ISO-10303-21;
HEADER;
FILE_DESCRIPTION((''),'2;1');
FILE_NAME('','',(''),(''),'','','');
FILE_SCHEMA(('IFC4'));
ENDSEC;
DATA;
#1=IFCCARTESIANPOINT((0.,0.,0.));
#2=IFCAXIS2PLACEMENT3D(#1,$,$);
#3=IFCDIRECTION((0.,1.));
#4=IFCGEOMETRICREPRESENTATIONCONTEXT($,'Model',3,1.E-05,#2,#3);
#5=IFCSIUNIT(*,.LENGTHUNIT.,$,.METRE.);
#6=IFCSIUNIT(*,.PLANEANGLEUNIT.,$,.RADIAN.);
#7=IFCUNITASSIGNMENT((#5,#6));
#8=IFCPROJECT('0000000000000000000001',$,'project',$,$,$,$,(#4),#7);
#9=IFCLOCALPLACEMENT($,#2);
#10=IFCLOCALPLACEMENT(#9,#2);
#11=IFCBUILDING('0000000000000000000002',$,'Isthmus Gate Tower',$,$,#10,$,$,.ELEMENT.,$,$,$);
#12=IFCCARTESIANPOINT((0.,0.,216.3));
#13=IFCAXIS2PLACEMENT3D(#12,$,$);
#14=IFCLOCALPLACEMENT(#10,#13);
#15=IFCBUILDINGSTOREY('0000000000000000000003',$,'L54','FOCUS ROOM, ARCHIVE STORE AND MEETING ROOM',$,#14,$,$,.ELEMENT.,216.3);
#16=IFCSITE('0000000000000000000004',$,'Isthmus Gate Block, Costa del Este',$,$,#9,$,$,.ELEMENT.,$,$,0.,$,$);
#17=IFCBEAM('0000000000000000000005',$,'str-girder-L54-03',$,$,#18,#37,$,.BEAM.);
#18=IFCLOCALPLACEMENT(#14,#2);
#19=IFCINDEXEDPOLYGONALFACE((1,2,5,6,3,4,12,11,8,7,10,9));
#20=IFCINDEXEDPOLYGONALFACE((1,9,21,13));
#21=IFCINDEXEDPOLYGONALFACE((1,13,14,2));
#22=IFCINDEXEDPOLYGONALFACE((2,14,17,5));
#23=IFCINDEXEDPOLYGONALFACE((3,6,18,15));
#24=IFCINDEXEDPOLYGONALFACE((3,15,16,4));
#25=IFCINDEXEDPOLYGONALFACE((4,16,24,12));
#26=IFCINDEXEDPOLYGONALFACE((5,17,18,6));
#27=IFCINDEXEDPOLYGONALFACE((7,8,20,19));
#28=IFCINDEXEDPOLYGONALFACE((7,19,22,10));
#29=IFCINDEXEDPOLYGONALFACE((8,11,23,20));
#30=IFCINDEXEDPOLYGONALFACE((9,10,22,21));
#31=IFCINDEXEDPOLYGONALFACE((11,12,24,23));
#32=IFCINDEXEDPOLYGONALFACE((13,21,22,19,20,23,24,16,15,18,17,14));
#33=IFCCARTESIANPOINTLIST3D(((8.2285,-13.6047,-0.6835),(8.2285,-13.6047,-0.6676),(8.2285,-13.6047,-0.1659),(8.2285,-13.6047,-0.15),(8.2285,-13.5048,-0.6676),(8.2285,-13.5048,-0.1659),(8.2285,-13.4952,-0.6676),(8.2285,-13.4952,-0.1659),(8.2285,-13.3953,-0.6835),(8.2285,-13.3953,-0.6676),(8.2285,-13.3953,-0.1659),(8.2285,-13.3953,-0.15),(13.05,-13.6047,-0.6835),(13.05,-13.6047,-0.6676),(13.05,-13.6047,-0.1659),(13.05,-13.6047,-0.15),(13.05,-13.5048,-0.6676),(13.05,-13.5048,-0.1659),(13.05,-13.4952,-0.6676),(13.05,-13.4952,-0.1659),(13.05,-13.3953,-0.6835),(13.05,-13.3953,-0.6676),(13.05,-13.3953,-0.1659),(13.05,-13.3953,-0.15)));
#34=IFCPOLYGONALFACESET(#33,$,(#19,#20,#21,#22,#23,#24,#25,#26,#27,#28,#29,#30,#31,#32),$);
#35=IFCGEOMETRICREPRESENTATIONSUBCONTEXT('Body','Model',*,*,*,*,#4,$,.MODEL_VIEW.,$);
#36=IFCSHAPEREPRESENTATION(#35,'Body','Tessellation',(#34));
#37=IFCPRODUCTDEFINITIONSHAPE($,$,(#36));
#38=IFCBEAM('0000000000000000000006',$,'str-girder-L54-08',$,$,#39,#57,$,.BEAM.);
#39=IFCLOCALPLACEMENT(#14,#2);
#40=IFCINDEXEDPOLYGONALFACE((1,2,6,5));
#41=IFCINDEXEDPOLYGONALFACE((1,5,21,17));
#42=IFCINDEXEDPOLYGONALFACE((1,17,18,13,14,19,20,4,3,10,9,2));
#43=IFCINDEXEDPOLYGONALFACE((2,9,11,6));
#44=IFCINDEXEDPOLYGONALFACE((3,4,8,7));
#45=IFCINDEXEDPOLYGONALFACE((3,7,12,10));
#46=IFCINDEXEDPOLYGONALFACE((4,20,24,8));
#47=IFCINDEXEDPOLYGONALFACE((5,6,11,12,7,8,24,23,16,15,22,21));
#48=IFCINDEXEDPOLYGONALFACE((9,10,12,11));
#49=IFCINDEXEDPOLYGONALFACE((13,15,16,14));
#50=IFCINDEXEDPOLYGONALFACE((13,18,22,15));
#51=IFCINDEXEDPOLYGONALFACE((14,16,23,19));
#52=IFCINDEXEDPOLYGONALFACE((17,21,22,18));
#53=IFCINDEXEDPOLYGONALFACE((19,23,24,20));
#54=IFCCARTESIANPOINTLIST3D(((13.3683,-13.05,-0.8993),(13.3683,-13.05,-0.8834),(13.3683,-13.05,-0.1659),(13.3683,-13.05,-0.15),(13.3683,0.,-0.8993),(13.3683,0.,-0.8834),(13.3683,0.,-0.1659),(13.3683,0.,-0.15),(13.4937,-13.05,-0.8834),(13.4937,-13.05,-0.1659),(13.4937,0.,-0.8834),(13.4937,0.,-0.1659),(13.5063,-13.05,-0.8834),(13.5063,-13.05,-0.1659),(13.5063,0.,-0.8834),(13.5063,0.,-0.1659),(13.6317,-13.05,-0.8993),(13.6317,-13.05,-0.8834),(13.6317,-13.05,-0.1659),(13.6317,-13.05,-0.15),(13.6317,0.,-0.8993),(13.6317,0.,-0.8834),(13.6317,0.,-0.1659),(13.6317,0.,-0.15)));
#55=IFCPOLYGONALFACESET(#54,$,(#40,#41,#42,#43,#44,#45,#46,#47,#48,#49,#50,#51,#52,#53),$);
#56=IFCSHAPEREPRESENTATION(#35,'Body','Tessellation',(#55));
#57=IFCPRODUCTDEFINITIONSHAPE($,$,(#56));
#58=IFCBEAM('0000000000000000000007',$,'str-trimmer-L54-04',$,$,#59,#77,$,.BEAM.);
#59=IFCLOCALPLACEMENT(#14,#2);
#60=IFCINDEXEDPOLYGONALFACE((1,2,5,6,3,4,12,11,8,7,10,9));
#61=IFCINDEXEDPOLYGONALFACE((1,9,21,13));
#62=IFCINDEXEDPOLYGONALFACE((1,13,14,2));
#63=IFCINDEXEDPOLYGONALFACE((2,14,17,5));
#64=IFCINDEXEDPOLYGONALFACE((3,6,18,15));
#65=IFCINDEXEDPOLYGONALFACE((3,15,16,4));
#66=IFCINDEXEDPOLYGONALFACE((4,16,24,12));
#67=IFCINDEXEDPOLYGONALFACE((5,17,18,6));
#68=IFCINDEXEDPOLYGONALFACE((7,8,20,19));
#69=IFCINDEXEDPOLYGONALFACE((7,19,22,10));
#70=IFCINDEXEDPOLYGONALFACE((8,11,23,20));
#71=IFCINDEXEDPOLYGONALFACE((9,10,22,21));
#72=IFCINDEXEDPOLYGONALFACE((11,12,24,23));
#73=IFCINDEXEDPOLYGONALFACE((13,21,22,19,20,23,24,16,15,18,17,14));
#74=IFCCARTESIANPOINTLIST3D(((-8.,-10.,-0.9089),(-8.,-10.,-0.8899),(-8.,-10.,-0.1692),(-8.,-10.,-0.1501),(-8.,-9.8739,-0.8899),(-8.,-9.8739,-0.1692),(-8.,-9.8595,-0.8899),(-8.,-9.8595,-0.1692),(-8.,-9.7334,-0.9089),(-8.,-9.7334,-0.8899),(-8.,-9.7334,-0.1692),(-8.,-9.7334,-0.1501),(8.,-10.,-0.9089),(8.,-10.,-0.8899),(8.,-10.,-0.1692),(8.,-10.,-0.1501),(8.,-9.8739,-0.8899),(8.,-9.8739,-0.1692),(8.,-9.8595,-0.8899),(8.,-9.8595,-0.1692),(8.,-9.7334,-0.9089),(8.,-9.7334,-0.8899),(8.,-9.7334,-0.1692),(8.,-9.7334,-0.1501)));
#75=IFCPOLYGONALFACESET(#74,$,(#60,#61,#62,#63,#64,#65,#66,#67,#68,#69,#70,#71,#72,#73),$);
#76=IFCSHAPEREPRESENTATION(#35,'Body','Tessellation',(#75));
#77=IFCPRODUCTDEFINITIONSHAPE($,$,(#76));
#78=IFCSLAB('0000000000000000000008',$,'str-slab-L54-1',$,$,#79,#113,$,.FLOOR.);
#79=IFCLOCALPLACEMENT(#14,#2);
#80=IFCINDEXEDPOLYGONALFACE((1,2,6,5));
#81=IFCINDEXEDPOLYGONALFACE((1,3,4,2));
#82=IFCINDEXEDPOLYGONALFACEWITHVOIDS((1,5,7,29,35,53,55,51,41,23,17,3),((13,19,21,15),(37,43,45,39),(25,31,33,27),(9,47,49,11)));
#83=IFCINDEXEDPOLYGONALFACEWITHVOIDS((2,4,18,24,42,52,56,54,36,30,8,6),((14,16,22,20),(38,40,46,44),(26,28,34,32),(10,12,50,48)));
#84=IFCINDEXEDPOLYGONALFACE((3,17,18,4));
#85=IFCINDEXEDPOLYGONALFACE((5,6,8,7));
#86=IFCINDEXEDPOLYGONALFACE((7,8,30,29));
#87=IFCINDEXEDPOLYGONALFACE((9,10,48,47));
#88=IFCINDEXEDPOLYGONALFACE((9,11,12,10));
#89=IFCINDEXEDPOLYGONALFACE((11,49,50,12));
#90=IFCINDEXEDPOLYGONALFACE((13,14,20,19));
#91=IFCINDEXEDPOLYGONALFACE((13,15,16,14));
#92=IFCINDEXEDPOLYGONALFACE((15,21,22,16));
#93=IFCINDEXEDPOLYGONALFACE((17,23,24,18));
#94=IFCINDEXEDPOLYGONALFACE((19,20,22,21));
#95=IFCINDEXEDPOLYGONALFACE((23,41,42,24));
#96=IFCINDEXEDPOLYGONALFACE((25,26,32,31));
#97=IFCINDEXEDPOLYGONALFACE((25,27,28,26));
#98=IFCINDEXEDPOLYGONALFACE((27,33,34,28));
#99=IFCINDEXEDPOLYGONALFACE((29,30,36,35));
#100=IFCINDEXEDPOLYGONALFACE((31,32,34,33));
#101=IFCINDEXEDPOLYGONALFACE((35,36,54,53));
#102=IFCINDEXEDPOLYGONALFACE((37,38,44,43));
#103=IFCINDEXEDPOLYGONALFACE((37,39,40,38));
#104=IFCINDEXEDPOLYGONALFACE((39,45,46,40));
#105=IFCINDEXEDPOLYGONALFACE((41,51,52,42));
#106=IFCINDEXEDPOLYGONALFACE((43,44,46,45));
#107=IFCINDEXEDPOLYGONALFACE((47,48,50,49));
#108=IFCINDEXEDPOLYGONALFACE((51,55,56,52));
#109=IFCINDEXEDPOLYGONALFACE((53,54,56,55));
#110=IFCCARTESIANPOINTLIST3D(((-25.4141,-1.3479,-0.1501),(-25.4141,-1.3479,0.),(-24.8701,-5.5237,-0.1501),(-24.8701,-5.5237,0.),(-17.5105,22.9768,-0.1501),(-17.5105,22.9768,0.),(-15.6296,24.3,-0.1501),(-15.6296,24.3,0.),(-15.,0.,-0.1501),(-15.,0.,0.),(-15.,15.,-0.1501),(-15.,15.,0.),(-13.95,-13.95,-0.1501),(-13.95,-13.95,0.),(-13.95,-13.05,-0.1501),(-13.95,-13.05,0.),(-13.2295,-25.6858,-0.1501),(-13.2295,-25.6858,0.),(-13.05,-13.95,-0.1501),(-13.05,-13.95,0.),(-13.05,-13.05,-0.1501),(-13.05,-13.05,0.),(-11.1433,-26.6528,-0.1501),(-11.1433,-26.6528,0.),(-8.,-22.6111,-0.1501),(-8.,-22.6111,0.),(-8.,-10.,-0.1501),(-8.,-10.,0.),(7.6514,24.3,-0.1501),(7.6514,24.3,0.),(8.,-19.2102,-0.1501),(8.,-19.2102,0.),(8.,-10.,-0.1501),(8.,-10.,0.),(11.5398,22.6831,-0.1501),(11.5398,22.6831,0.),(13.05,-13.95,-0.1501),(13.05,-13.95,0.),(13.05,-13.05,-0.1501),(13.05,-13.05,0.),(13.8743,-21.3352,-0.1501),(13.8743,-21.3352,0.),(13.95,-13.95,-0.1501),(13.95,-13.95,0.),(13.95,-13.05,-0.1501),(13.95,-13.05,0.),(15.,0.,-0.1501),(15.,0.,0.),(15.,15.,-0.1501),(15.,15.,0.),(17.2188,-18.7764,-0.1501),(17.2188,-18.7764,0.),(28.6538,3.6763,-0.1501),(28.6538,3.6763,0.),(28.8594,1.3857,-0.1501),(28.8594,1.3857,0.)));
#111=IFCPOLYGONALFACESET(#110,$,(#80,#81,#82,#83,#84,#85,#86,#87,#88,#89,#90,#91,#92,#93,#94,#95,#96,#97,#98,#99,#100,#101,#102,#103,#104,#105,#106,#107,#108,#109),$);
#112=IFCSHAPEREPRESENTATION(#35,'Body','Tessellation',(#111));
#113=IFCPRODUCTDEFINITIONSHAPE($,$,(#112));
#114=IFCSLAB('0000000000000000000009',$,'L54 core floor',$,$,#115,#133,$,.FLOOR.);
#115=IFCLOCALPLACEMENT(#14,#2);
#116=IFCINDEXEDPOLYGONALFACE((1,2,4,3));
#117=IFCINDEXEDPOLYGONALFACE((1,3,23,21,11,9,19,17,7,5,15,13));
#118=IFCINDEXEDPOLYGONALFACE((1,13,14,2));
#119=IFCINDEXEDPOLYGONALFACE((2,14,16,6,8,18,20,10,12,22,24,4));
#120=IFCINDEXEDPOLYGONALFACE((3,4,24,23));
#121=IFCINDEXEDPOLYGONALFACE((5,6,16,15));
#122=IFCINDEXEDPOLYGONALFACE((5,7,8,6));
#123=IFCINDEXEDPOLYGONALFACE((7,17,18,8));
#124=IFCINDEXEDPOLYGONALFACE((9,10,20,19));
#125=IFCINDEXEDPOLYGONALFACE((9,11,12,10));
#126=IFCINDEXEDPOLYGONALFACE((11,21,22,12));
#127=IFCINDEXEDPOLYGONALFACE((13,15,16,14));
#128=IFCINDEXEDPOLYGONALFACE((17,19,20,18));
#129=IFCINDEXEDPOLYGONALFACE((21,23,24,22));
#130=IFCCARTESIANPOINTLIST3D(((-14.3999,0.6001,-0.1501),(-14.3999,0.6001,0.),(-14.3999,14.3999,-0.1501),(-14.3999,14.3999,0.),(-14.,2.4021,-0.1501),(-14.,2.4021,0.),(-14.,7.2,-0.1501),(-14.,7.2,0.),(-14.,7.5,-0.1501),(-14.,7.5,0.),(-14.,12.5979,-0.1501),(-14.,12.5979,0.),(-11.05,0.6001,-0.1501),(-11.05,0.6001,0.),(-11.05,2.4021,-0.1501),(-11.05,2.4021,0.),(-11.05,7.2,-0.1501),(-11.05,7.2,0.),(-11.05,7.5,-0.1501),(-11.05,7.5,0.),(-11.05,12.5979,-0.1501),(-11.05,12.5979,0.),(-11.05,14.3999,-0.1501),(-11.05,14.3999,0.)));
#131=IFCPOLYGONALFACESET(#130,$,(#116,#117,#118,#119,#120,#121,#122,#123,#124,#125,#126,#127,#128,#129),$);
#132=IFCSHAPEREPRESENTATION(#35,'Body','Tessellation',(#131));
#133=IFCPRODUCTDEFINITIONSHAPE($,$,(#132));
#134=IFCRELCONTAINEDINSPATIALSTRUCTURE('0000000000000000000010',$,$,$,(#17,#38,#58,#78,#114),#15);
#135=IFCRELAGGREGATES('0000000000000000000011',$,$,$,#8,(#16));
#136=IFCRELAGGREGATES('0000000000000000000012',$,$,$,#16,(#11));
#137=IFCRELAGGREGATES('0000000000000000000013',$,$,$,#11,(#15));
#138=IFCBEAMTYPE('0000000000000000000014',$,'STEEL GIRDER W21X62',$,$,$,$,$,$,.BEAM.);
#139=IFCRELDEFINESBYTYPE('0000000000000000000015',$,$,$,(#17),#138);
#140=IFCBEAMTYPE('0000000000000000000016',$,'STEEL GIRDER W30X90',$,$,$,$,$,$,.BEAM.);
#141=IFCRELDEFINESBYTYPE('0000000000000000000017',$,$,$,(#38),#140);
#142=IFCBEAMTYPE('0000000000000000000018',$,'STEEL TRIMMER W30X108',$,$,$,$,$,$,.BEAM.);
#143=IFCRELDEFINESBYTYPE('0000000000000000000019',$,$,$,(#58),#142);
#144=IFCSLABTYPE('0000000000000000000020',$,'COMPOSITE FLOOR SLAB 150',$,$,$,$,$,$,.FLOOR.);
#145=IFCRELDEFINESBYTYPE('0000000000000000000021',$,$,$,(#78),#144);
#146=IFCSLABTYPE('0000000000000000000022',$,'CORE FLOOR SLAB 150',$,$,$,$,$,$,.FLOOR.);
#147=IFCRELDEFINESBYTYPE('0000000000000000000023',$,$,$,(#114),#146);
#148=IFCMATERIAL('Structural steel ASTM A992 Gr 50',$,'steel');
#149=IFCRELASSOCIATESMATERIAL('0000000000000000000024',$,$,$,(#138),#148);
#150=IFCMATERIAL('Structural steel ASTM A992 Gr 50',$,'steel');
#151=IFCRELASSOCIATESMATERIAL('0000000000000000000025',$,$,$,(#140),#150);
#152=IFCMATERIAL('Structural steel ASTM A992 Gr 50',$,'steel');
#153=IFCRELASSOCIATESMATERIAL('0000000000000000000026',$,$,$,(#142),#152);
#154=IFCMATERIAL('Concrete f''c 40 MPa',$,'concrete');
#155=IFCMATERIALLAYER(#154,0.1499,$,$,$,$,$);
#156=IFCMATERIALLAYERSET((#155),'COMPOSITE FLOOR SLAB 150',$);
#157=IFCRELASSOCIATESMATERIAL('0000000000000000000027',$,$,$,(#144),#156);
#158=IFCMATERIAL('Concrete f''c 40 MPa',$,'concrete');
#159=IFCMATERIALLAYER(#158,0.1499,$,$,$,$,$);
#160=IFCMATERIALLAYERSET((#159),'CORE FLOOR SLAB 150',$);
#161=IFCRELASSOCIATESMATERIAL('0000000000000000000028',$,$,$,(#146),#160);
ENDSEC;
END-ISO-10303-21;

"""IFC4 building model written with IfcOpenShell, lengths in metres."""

from ifc_helpers import new_model, si_unit, direction, frame, origin, origin_2d, place, context, subcontext, project, spatial, polyline, i_section, outline, extrude, material, layer, layer_set, material_profile, profile_set, type_object, element, save


model = new_model("IFC4")

# Units and contexts
model_context = context("Model", 3, precision=1e-05, world=origin(), true_north=direction((0.0, 1.0)))
body_context = subcontext(model_context, "Body", "Model", "MODEL_VIEW")
ifc_project = project(units=[si_unit("LENGTHUNIT", "METRE"), si_unit("PLANEANGLEUNIT", "RADIAN")], contexts=[model_context])

# Site, building, storey
site_placement = place(None, origin())
site = spatial("IfcSite", under=ifc_project, at=site_placement, Name="Isthmus Gate Block, Costa del Este", CompositionType="ELEMENT", RefElevation=0.0)
building_placement = place(site_placement, origin())
building = spatial("IfcBuilding", under=site, at=building_placement, Name="Isthmus Gate Tower", CompositionType="ELEMENT")
storey_placement = place(building_placement, frame((0.0, 0.0, 216.3)))
storey = spatial("IfcBuildingStorey", under=building, at=storey_placement, Name="L54", Description="FOCUS ROOM, ARCHIVE STORE AND MEETING ROOM", CompositionType="ELEMENT", Elevation=216.3)

# Beams
ifc_material_1 = material(Name="Structural steel ASTM A992 Gr 50", Category="steel")
ifc_material_profile_1 = material_profile(ifc_material_1, i_section(OverallWidth=0.2095, OverallDepth=0.5334, WebThickness=0.0095, FlangeThickness=0.0159, at=origin_2d()), Name="W21X62")
ifc_profile_set_1 = profile_set([ifc_material_profile_1], Name="Structural steel ASTM A992 Gr 50")
beam_type_1 = type_object("IfcBeamType", Name="STEEL GIRDER W21X62", PredefinedType="BEAM", material=ifc_profile_set_1)
beam_1_placement = place(storey_placement, frame((8.2285, -13.5, -0.4167), z_axis=(1.0, 0.0, 0.0), x_axis=(0.0, 1.0, 0.0)))
element("IfcBeam", 1, at=beam_1_placement, inside=storey, type_object=beam_type_1, Name="str-girder-L54-03", PredefinedType="BEAM", context=body_context, shape_type="SweptSolid", body=[
    extrude(i_section(OverallWidth=0.2095, OverallDepth=0.5334, WebThickness=0.0095, FlangeThickness=0.0159, at=origin_2d()), origin(), (0.0, 0.0, 1.0), 4.8215),
])
ifc_material_2 = material(Name="Structural steel ASTM A992 Gr 50", Category="steel")
ifc_material_profile_2 = material_profile(ifc_material_2, i_section(OverallWidth=0.2634, OverallDepth=0.7493, WebThickness=0.0127, FlangeThickness=0.0159, at=origin_2d()), Name="W30X90")
ifc_profile_set_2 = profile_set([ifc_material_profile_2], Name="Structural steel ASTM A992 Gr 50")
beam_type_2 = type_object("IfcBeamType", Name="STEEL GIRDER W30X90", PredefinedType="BEAM", material=ifc_profile_set_2)
beam_2_placement = place(storey_placement, frame((13.5, -13.05, -0.5247), z_axis=(0.0, 1.0, 0.0), x_axis=(-1.0, 0.0, 0.0)))
element("IfcBeam", 2, at=beam_2_placement, inside=storey, type_object=beam_type_2, Name="str-girder-L54-08", PredefinedType="BEAM", context=body_context, shape_type="SweptSolid", body=[
    extrude(i_section(OverallWidth=0.2634, OverallDepth=0.7493, WebThickness=0.0127, FlangeThickness=0.0159, at=origin_2d()), origin(), (0.0, 0.0, 1.0), 13.05),
])
ifc_material_3 = material(Name="Structural steel ASTM A992 Gr 50", Category="steel")
ifc_material_profile_3 = material_profile(ifc_material_3, i_section(OverallWidth=0.2666, OverallDepth=0.7588, WebThickness=0.0144, FlangeThickness=0.019, at=origin_2d()), Name="W30X108")
ifc_profile_set_3 = profile_set([ifc_material_profile_3], Name="Structural steel ASTM A992 Gr 50")
beam_type_3 = type_object("IfcBeamType", Name="STEEL TRIMMER W30X108", PredefinedType="BEAM", material=ifc_profile_set_3)
beam_3_placement = place(storey_placement, frame((8.0, -9.8667, -0.5295), z_axis=(-1.0, 0.0, 0.0), x_axis=(0.0, -1.0, 0.0)))
element("IfcBeam", 3, at=beam_3_placement, inside=storey, type_object=beam_type_3, Name="str-trimmer-L54-04", PredefinedType="BEAM", context=body_context, shape_type="SweptSolid", body=[
    extrude(i_section(OverallWidth=0.2666, OverallDepth=0.7588, WebThickness=0.0144, FlangeThickness=0.019, at=origin_2d()), origin(), (0.0, 0.0, 1.0), 16.0),
])

# Slabs
ifc_material_4 = material(Name="Concrete f'c 40 MPa", Category="concrete")
ifc_layer_1 = layer(ifc_material_4, 0.1499)
ifc_layer_set_1 = layer_set([ifc_layer_1], Name="COMPOSITE FLOOR SLAB 150")
slab_type_1 = type_object("IfcSlabType", Name="COMPOSITE FLOOR SLAB 150", PredefinedType="FLOOR", material=ifc_layer_set_1)
slab_1_placement = place(storey_placement, frame((0.0, 0.0, -0.1501)))
element("IfcSlab", 4, at=slab_1_placement, inside=storey, type_object=slab_type_1, Name="str-slab-L54-1", PredefinedType="FLOOR", context=body_context, shape_type="SweptSolid", body=[
    extrude(outline(polyline([(11.5398, 22.6831), (28.6538, 3.6763), (28.8594, 1.3857), (17.2188, -18.7764), (13.8743, -21.3352), (-11.1433, -26.6528), (-13.2295, -25.6858), (-24.8701, -5.5237), (-25.4141, -1.3479), (-17.5105, 22.9768), (-15.6296, 24.3), (7.6514, 24.3), (11.5398, 22.6831)]), holes=[polyline([(-8.0, -10.0), (-8.0, -22.6111), (8.0, -19.2102), (8.0, -10.0), (-8.0, -10.0)]), polyline([(-13.95, -13.05), (-13.95, -13.95), (-13.05, -13.95), (-13.05, -13.05), (-13.95, -13.05)]), polyline([(13.05, -13.05), (13.05, -13.95), (13.95, -13.95), (13.95, -13.05), (13.05, -13.05)]), polyline([(-15.0, 0.0), (15.0, 0.0), (15.0, 15.0), (-15.0, 15.0), (-15.0, 0.0)])]), origin(), (0.0, 0.0, 1.0), 0.1501),
])
ifc_material_5 = material(Name="Concrete f'c 40 MPa", Category="concrete")
ifc_layer_2 = layer(ifc_material_5, 0.1499)
ifc_layer_set_2 = layer_set([ifc_layer_2], Name="CORE FLOOR SLAB 150")
slab_type_2 = type_object("IfcSlabType", Name="CORE FLOOR SLAB 150", PredefinedType="FLOOR", material=ifc_layer_set_2)
slab_2_placement = place(storey_placement, frame((0.0, 0.0, -0.1501)))
element("IfcSlab", 5, at=slab_2_placement, inside=storey, type_object=slab_type_2, Name="L54 core floor", PredefinedType="FLOOR", context=body_context, shape_type="SweptSolid", body=[
    extrude(outline(polyline([(-11.05, 0.6001), (-11.05, 2.4021), (-14.0, 2.4021), (-14.0, 7.2), (-11.05, 7.2), (-11.05, 7.5), (-14.0, 7.5), (-14.0, 12.5979), (-11.05, 12.5979), (-11.05, 14.3999), (-14.3999, 14.3999), (-14.3999, 0.6001), (-11.05, 0.6001)])), origin(), (0.0, 0.0, 1.0), 0.1501),
])

save(model, "model.ifc")
